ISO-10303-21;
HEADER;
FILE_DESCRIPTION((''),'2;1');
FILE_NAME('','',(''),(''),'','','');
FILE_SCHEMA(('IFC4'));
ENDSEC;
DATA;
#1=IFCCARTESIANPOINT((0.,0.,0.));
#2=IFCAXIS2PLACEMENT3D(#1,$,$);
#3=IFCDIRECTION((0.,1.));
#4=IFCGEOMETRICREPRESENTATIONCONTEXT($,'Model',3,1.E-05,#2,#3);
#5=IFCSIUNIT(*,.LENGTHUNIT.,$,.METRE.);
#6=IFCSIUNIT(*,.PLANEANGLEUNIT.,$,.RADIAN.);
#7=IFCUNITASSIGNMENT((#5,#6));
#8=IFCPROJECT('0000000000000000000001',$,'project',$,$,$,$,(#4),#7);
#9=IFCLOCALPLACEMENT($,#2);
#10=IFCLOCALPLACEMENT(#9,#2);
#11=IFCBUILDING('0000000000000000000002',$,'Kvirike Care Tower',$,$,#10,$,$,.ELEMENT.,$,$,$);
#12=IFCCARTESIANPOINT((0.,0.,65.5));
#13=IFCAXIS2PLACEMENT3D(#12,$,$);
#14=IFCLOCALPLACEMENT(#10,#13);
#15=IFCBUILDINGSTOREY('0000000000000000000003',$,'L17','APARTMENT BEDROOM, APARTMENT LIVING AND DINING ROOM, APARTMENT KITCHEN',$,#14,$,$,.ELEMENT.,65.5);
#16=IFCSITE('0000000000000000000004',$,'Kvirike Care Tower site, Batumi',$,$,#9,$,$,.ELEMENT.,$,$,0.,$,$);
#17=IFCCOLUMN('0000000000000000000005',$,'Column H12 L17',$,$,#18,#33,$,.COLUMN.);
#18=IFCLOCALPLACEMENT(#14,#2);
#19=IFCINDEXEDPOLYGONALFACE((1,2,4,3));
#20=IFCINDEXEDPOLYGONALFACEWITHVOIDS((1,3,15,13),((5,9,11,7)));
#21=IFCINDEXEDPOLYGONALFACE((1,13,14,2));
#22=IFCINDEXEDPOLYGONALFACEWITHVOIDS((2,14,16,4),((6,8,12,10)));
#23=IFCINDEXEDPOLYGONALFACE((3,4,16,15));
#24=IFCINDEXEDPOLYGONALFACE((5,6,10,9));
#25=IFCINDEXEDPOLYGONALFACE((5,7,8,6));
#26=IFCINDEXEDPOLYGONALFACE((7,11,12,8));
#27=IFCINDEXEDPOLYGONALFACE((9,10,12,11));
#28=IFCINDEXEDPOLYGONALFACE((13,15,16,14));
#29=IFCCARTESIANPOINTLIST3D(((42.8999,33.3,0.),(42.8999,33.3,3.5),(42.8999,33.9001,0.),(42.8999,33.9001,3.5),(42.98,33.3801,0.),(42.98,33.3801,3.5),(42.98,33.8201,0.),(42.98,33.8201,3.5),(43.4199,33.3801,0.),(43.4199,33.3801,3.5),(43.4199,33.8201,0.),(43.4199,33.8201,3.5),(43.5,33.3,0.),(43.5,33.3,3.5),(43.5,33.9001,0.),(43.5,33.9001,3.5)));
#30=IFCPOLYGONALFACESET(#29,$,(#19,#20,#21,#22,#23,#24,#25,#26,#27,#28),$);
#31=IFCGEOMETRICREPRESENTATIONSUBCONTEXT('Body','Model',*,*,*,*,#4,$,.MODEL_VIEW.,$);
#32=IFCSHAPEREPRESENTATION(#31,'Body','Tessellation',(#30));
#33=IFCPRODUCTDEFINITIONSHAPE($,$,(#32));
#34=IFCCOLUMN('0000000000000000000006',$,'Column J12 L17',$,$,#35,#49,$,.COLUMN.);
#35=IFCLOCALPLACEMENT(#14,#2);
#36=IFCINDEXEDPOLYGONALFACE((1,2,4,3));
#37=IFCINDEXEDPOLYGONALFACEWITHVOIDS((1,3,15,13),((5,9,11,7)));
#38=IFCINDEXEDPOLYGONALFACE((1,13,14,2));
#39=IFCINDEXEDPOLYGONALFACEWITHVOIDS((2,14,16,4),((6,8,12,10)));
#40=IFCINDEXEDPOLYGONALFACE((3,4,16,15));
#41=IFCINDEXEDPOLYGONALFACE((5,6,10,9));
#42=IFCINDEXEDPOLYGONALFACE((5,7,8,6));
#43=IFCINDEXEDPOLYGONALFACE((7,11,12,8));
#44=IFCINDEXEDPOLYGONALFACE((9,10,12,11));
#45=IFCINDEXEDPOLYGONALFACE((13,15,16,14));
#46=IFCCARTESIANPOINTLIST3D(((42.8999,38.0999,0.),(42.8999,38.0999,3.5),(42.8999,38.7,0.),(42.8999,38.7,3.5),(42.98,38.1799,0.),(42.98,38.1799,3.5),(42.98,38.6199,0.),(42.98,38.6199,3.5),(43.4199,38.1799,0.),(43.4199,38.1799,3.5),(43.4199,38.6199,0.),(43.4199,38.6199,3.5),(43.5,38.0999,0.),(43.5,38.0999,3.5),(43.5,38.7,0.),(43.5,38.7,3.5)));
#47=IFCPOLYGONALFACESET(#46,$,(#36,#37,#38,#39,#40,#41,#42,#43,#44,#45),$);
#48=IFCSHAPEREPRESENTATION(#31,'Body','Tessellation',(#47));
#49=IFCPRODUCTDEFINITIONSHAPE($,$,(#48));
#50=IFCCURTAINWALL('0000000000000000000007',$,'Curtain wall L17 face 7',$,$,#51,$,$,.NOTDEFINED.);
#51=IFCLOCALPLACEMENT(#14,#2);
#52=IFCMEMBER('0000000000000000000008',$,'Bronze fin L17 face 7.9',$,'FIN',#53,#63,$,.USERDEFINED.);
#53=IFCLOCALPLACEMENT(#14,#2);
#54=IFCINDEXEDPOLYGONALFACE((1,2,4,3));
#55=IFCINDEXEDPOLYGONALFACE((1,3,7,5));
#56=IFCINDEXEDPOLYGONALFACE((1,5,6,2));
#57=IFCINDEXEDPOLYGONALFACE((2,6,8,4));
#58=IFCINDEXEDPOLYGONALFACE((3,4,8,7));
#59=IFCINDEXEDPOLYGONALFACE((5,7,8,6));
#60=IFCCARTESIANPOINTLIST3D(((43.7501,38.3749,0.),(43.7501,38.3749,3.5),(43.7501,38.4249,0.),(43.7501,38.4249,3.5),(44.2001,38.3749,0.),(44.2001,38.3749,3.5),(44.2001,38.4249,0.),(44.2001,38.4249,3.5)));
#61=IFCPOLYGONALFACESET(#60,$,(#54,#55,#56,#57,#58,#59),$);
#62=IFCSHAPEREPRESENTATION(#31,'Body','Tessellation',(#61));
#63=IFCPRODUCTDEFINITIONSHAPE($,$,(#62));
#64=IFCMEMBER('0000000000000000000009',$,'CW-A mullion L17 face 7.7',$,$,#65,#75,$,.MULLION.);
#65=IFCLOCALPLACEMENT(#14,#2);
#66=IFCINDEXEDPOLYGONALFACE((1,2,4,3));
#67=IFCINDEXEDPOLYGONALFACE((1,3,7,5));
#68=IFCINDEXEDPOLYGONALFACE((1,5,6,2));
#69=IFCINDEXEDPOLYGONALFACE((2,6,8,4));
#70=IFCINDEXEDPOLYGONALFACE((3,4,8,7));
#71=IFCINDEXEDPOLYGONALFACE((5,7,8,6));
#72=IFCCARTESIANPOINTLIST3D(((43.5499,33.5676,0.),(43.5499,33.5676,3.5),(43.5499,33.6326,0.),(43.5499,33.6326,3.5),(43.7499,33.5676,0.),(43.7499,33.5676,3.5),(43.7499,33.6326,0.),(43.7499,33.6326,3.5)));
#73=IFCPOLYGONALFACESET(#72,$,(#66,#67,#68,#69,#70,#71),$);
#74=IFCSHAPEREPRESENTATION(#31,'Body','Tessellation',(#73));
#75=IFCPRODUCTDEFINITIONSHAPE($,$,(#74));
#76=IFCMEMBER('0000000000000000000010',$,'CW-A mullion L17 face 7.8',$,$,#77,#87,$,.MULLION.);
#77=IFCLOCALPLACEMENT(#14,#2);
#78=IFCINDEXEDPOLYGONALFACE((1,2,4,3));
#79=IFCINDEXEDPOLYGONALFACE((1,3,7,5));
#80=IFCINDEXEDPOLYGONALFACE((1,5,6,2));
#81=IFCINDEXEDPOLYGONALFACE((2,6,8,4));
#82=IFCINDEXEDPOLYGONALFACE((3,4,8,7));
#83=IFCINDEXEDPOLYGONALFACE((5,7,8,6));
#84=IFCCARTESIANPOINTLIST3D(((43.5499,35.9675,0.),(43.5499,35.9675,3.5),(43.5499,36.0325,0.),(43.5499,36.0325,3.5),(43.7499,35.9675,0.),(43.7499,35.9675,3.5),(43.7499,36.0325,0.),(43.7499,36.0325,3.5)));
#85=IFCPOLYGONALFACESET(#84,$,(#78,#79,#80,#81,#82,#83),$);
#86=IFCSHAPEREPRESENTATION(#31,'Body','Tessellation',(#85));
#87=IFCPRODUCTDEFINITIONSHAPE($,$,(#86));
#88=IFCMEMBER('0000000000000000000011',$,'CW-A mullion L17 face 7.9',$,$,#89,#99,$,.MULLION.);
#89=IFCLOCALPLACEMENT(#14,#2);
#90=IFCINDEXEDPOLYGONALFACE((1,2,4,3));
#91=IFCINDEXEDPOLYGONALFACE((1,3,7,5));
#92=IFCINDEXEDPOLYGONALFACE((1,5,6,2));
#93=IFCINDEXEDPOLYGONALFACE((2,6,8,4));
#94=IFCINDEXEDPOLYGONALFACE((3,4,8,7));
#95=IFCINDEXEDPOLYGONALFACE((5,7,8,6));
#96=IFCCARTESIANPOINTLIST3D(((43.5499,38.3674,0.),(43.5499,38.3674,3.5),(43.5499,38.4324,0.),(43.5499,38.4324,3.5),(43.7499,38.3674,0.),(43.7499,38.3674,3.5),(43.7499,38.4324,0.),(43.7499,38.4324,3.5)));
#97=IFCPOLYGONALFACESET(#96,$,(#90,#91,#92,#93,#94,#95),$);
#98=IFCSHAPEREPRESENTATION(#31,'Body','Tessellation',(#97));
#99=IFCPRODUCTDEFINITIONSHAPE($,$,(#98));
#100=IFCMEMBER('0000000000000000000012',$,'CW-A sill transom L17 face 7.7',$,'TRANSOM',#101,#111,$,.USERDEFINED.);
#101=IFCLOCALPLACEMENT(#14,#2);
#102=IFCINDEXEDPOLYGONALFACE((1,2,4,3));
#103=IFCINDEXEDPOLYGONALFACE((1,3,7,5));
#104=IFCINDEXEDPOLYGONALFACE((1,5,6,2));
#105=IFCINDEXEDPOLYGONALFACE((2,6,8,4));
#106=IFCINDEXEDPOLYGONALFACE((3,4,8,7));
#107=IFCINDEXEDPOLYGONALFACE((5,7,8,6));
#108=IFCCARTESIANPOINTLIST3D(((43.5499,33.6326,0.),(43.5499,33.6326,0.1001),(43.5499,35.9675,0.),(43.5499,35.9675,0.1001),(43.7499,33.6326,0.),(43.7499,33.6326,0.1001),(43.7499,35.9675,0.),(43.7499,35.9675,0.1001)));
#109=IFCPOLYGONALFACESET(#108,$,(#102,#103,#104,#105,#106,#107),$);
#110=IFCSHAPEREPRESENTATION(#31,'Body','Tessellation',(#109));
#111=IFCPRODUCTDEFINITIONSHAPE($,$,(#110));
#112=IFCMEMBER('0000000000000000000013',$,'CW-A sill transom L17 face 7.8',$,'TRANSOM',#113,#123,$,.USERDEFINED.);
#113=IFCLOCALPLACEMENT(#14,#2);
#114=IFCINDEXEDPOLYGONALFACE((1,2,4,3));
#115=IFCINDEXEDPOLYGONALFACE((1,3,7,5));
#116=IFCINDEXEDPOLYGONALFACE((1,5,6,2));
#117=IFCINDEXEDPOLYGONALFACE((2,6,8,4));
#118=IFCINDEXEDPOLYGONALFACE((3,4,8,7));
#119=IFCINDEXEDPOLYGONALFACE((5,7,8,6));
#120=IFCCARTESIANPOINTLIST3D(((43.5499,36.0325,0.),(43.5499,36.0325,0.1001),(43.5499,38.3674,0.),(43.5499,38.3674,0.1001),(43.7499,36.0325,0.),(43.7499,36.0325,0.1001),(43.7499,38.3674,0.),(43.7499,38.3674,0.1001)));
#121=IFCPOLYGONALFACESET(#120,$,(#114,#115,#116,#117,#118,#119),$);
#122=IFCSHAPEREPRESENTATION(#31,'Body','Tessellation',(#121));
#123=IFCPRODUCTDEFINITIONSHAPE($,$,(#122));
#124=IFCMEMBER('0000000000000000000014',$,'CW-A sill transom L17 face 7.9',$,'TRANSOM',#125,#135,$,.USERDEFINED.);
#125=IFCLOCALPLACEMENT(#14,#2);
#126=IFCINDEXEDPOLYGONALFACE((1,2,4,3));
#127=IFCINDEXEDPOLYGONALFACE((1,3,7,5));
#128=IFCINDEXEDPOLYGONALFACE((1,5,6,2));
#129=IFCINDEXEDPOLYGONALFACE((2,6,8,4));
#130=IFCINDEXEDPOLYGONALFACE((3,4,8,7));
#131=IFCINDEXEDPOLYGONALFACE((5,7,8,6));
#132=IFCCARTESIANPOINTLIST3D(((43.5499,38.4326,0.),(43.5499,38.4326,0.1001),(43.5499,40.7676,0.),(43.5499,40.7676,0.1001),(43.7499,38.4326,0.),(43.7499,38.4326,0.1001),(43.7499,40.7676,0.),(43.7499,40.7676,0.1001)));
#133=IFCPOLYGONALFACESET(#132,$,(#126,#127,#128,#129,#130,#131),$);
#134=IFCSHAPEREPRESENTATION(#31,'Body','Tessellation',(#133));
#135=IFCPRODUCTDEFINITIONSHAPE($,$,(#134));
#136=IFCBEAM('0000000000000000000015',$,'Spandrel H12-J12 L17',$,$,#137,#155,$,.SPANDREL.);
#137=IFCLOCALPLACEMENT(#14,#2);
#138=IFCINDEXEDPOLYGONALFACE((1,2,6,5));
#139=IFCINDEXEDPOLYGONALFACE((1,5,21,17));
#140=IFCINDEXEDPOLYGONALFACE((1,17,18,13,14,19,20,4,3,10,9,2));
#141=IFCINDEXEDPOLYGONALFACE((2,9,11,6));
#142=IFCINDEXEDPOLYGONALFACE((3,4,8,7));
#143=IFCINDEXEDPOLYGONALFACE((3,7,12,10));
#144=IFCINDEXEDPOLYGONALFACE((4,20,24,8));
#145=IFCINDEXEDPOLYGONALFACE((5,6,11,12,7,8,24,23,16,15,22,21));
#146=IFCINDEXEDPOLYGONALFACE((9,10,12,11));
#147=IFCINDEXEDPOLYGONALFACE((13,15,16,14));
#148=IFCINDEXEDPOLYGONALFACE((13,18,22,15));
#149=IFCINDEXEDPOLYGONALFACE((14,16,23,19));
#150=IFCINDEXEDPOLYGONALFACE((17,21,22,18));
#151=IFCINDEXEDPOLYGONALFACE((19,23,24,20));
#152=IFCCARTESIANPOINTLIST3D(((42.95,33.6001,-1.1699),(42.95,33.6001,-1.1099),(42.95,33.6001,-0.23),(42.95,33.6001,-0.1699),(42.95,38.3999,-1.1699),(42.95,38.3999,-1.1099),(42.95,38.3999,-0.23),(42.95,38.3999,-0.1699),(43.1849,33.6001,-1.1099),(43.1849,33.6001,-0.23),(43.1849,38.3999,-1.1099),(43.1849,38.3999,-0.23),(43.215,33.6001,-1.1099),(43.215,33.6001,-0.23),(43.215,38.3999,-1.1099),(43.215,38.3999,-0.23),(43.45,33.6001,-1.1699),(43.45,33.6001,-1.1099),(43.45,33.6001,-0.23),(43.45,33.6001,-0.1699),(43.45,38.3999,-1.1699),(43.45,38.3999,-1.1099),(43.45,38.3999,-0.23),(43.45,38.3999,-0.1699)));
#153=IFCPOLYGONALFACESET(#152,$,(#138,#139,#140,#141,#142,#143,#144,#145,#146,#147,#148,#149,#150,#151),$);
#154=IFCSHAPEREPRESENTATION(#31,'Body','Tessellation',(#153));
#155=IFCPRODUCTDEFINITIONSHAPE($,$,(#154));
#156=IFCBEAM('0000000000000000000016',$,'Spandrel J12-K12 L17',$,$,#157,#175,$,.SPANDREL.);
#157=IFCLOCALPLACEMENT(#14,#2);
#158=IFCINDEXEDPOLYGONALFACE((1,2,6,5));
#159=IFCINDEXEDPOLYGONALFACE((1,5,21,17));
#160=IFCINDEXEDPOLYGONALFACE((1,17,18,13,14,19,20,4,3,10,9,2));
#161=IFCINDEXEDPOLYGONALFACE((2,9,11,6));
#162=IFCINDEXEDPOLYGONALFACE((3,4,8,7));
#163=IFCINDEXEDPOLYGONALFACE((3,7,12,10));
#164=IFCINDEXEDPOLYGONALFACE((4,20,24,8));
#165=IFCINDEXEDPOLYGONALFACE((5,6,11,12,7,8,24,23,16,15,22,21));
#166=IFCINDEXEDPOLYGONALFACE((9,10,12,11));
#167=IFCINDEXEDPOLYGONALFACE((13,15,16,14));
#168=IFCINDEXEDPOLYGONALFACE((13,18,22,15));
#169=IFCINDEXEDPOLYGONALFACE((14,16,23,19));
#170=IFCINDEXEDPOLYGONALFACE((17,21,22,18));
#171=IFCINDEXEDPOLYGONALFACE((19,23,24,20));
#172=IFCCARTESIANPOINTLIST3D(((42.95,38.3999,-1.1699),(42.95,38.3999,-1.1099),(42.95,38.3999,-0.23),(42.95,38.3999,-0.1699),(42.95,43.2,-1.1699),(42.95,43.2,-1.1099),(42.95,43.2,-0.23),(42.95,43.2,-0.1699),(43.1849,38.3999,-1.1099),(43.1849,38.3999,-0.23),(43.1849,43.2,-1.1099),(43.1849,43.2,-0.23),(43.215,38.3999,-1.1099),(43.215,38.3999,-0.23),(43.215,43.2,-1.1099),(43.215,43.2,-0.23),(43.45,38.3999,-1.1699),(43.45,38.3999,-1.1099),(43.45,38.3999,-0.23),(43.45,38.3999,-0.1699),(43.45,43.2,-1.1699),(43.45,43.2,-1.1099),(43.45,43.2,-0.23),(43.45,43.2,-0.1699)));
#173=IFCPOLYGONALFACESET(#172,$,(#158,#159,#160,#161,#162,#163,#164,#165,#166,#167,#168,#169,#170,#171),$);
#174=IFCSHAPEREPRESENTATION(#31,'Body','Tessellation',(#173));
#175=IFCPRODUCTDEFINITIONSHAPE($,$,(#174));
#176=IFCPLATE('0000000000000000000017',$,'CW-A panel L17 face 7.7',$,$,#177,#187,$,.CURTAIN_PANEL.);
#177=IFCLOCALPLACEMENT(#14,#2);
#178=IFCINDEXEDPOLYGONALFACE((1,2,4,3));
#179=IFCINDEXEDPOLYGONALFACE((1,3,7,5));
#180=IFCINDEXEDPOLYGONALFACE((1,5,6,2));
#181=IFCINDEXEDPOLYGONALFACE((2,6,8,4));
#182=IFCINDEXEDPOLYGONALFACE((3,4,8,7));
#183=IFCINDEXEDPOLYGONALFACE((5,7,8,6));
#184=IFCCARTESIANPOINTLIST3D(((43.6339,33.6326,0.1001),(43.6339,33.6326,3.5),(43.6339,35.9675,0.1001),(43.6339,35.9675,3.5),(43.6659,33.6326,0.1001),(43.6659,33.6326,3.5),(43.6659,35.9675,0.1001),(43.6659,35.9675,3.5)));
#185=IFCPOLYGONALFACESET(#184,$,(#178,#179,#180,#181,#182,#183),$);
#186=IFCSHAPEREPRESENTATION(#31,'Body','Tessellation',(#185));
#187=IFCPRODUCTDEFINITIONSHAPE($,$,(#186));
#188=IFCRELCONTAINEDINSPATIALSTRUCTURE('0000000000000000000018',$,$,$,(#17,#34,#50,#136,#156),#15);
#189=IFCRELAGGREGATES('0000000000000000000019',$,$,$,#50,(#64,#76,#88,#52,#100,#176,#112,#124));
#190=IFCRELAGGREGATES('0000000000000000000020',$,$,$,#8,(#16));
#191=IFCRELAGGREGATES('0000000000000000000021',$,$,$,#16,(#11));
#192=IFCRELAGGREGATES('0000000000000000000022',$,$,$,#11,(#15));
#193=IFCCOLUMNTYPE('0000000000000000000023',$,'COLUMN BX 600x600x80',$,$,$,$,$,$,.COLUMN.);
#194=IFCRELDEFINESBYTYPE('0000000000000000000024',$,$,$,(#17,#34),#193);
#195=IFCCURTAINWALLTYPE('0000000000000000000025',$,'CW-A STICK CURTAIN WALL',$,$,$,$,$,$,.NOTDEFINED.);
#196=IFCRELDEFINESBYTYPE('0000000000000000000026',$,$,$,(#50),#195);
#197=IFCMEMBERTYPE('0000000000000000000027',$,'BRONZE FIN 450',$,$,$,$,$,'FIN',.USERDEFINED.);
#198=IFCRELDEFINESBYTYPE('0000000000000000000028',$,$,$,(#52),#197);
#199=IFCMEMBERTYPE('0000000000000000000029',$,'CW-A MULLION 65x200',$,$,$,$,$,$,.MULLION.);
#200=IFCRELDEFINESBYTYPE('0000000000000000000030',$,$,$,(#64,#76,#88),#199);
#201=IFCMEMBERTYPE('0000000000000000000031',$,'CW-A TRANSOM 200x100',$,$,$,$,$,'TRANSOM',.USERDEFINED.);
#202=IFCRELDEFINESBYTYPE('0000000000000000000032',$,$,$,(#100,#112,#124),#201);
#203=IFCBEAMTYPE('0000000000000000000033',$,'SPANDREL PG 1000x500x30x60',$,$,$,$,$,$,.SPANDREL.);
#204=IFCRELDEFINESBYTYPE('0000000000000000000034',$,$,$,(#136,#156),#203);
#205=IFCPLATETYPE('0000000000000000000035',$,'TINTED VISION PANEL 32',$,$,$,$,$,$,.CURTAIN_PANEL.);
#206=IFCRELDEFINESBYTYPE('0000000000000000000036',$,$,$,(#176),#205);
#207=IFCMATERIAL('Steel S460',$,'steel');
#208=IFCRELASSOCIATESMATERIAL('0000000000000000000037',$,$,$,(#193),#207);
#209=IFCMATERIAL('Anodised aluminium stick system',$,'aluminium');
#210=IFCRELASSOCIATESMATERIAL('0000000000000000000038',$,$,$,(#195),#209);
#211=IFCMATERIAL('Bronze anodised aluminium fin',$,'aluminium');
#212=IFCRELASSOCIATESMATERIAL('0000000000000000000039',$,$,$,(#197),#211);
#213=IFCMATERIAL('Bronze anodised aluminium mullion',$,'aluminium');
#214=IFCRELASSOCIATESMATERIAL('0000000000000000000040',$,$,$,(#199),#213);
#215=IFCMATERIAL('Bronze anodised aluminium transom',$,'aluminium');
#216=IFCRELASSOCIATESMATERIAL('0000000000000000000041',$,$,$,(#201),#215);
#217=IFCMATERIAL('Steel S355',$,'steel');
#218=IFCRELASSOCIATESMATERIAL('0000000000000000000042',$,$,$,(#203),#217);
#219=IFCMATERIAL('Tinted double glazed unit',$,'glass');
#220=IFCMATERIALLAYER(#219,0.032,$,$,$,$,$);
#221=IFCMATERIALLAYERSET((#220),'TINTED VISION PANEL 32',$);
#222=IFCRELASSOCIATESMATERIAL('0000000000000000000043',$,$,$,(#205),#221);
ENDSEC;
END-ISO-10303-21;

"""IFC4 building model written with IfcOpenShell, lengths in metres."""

from ifc_helpers import new_model, si_unit, direction, frame, origin, origin_2d, place, context, subcontext, project, spatial, rectangle, hollow_rectangle, i_section, extrude, material, layer, layer_set, material_profile, profile_set, type_object, element, aggregate, save


model = new_model("IFC4")

# Units and contexts
model_context = context("Model", 3, precision=1e-05, world=origin(), true_north=direction((0.0, 1.0)))
body_context = subcontext(model_context, "Body", "Model", "MODEL_VIEW")
ifc_project = project(units=[si_unit("LENGTHUNIT", "METRE"), si_unit("PLANEANGLEUNIT", "RADIAN")], contexts=[model_context])

# Site, building, storey
site_placement = place(None, origin())
site = spatial("IfcSite", under=ifc_project, at=site_placement, Name="Kvirike Care Tower site, Batumi", CompositionType="ELEMENT", RefElevation=0.0)
building_placement = place(site_placement, origin())
building = spatial("IfcBuilding", under=site, at=building_placement, Name="Kvirike Care Tower", CompositionType="ELEMENT")
storey_placement = place(building_placement, frame((0.0, 0.0, 65.5)))
storey = spatial("IfcBuildingStorey", under=building, at=storey_placement, Name="L17", Description="APARTMENT BEDROOM, APARTMENT LIVING AND DINING ROOM, APARTMENT KITCHEN", CompositionType="ELEMENT", Elevation=65.5)

# Columns
ifc_material_1 = material(Name="Steel S460", Category="steel")
ifc_material_profile_1 = material_profile(ifc_material_1, hollow_rectangle(XDim=0.6001, YDim=0.6001, WallThickness=0.0801, at=origin_2d()), Name="BX 600x600x80")
ifc_profile_set_1 = profile_set([ifc_material_profile_1], Name="Steel S460")
column_type = type_object("IfcColumnType", Name="COLUMN BX 600x600x80", PredefinedType="COLUMN", material=ifc_profile_set_1)
for number, where, z_axis, x_axis, name in (
    (1, (43.2, 33.6001, 0.0), (0.0, 0.0, 1.0), (1.0, 0.0, 0.0), "Column H12 L17"),
    (2, (43.2, 38.3999, 0.0), (0.0, 0.0, 1.0), (1.0, 0.0, 0.0), "Column J12 L17"),
):
    element("IfcColumn", number, at=place(storey_placement, frame(where, z_axis=z_axis, x_axis=x_axis)), inside=storey, type_object=column_type, Name=name, PredefinedType="COLUMN", context=body_context, shape_type="SweptSolid", body=[
        extrude(hollow_rectangle(XDim=0.6001, YDim=0.6001, WallThickness=0.0801, at=origin_2d()), origin(), (0.0, 0.0, 1.0), 3.5),
    ])

# Curtain wall, members
ifc_material_2 = material(Name="Anodised aluminium stick system", Category="aluminium")
curtain_wall_type = type_object("IfcCurtainWallType", Name="CW-A STICK CURTAIN WALL", PredefinedType="NOTDEFINED", material=ifc_material_2)
curtain_wall_placement = place(storey_placement, origin())
curtain_wall = element("IfcCurtainWall", 3, at=curtain_wall_placement, inside=storey, type_object=curtain_wall_type, Name="Curtain wall L17 face 7", PredefinedType="NOTDEFINED")
ifc_material_3 = material(Name="Bronze anodised aluminium fin", Category="aluminium")
ifc_material_profile_2 = material_profile(ifc_material_3, rectangle(XDim=0.05, YDim=0.45, at=origin_2d()), Name="BRONZE FIN 450")
ifc_profile_set_2 = profile_set([ifc_material_profile_2], Name="Bronze anodised aluminium fin")
member_type_1 = type_object("IfcMemberType", Name="BRONZE FIN 450", ElementType="FIN", PredefinedType="USERDEFINED", material=ifc_profile_set_2)
member_1_placement = place(storey_placement, frame((43.9751, 38.3999, 0.0), z_axis=(0.0, 0.0, 1.0), x_axis=(0.0, 1.0, 0.0)))
member_1 = element("IfcMember", 4, at=member_1_placement, type_object=member_type_1, Name="Bronze fin L17 face 7.9", ObjectType="FIN", PredefinedType="USERDEFINED", context=body_context, shape_type="SweptSolid", body=[
    extrude(rectangle(XDim=0.05, YDim=0.45, at=origin_2d()), origin(), (0.0, 0.0, 1.0), 3.5),
])
ifc_material_4 = material(Name="Bronze anodised aluminium mullion", Category="aluminium")
ifc_material_profile_3 = material_profile(ifc_material_4, rectangle(XDim=0.0649, YDim=0.2, at=origin_2d()), Name="CW-A MULLION 65x200")
ifc_profile_set_3 = profile_set([ifc_material_profile_3], Name="Bronze anodised aluminium mullion")
member_type_2 = type_object("IfcMemberType", Name="CW-A MULLION 65x200", PredefinedType="MULLION", material=ifc_profile_set_3)
member_2_placement = place(storey_placement, frame((43.6499, 33.6001, 0.0), z_axis=(0.0, 0.0, 1.0), x_axis=(0.0, 1.0, 0.0)))
member_2 = element("IfcMember", 5, at=member_2_placement, type_object=member_type_2, Name="CW-A mullion L17 face 7.7", PredefinedType="MULLION", context=body_context, shape_type="SweptSolid", body=[
    extrude(rectangle(XDim=0.0649, YDim=0.2, at=origin_2d()), origin(), (0.0, 0.0, 1.0), 3.5),
])
member_3_placement = place(storey_placement, frame((43.6499, 36.0, 0.0), z_axis=(0.0, 0.0, 1.0), x_axis=(0.0, 1.0, 0.0)))
member_3 = element("IfcMember", 6, at=member_3_placement, type_object=member_type_2, Name="CW-A mullion L17 face 7.8", PredefinedType="MULLION", context=body_context, shape_type="SweptSolid", body=[
    extrude(rectangle(XDim=0.0649, YDim=0.2, at=origin_2d()), origin(), (0.0, 0.0, 1.0), 3.5),
])
member_4_placement = place(storey_placement, frame((43.6499, 38.3999, 0.0), z_axis=(0.0, 0.0, 1.0), x_axis=(0.0, 1.0, 0.0)))
member_4 = element("IfcMember", 7, at=member_4_placement, type_object=member_type_2, Name="CW-A mullion L17 face 7.9", PredefinedType="MULLION", context=body_context, shape_type="SweptSolid", body=[
    extrude(rectangle(XDim=0.0649, YDim=0.2, at=origin_2d()), origin(), (0.0, 0.0, 1.0), 3.5),
])
ifc_material_5 = material(Name="Bronze anodised aluminium transom", Category="aluminium")
ifc_material_profile_4 = material_profile(ifc_material_5, rectangle(XDim=0.2, YDim=0.1001, at=origin_2d()), Name="CW-A TRANSOM 200x100")
ifc_profile_set_4 = profile_set([ifc_material_profile_4], Name="Bronze anodised aluminium transom")
member_type_3 = type_object("IfcMemberType", Name="CW-A TRANSOM 200x100", ElementType="TRANSOM", PredefinedType="USERDEFINED", material=ifc_profile_set_4)
member_5_placement = place(storey_placement, frame((43.6499, 33.6326, 0.05), z_axis=(0.0, 1.0, 0.0), x_axis=(-1.0, 0.0, 0.0)))
member_5 = element("IfcMember", 8, at=member_5_placement, type_object=member_type_3, Name="CW-A sill transom L17 face 7.7", ObjectType="TRANSOM", PredefinedType="USERDEFINED", context=body_context, shape_type="SweptSolid", body=[
    extrude(rectangle(XDim=0.2, YDim=0.1001, at=origin_2d()), origin(), (0.0, 0.0, 1.0), 2.335),
])
member_6_placement = place(storey_placement, frame((43.6499, 36.0325, 0.05), z_axis=(0.0, 1.0, 0.0), x_axis=(-1.0, 0.0, 0.0)))
member_6 = element("IfcMember", 9, at=member_6_placement, type_object=member_type_3, Name="CW-A sill transom L17 face 7.8", ObjectType="TRANSOM", PredefinedType="USERDEFINED", context=body_context, shape_type="SweptSolid", body=[
    extrude(rectangle(XDim=0.2, YDim=0.1001, at=origin_2d()), origin(), (0.0, 0.0, 1.0), 2.335),
])
member_7_placement = place(storey_placement, frame((43.6499, 38.4326, 0.05), z_axis=(0.0, 1.0, 0.0), x_axis=(-1.0, 0.0, 0.0)))
member_7 = element("IfcMember", 10, at=member_7_placement, type_object=member_type_3, Name="CW-A sill transom L17 face 7.9", ObjectType="TRANSOM", PredefinedType="USERDEFINED", context=body_context, shape_type="SweptSolid", body=[
    extrude(rectangle(XDim=0.2, YDim=0.1001, at=origin_2d()), origin(), (0.0, 0.0, 1.0), 2.335),
])

# Beams
ifc_material_6 = material(Name="Steel S355", Category="steel")
ifc_material_profile_5 = material_profile(ifc_material_6, i_section(OverallWidth=0.5, OverallDepth=1.0, WebThickness=0.03, FlangeThickness=0.0601, at=origin_2d()), Name="PG 1000x500x30x60")
ifc_profile_set_5 = profile_set([ifc_material_profile_5], Name="Steel S355")
beam_type = type_object("IfcBeamType", Name="SPANDREL PG 1000x500x30x60", PredefinedType="SPANDREL", material=ifc_profile_set_5)
beam_1_placement = place(storey_placement, frame((43.2, 33.6001, -0.6699), z_axis=(0.0, 1.0, 0.0), x_axis=(-1.0, 0.0, 0.0)))
element("IfcBeam", 11, at=beam_1_placement, inside=storey, type_object=beam_type, Name="Spandrel H12-J12 L17", PredefinedType="SPANDREL", context=body_context, shape_type="SweptSolid", body=[
    extrude(i_section(OverallWidth=0.5, OverallDepth=1.0, WebThickness=0.03, FlangeThickness=0.0601, at=origin_2d()), origin(), (0.0, 0.0, 1.0), 4.7998),
])
beam_2_placement = place(storey_placement, frame((43.2, 38.3999, -0.6699), z_axis=(0.0, 1.0, 0.0), x_axis=(-1.0, 0.0, 0.0)))
element("IfcBeam", 12, at=beam_2_placement, inside=storey, type_object=beam_type, Name="Spandrel J12-K12 L17", PredefinedType="SPANDREL", context=body_context, shape_type="SweptSolid", body=[
    extrude(i_section(OverallWidth=0.5, OverallDepth=1.0, WebThickness=0.03, FlangeThickness=0.0601, at=origin_2d()), origin(), (0.0, 0.0, 1.0), 4.8),
])

# Plate
ifc_material_7 = material(Name="Tinted double glazed unit", Category="glass")
ifc_layer_1 = layer(ifc_material_7, 0.032)
ifc_layer_set_1 = layer_set([ifc_layer_1], Name="TINTED VISION PANEL 32")
plate_type = type_object("IfcPlateType", Name="TINTED VISION PANEL 32", PredefinedType="CURTAIN_PANEL", material=ifc_layer_set_1)
plate_1_placement = place(storey_placement, frame((43.6499, 34.8, 0.1001), z_axis=(0.0, 0.0, 1.0), x_axis=(0.0, 1.0, 0.0)))
plate_1 = element("IfcPlate", 13, at=plate_1_placement, type_object=plate_type, Name="CW-A panel L17 face 7.7", PredefinedType="CURTAIN_PANEL", context=body_context, shape_type="SweptSolid", body=[
    extrude(rectangle(XDim=2.335, YDim=0.032, at=origin_2d()), origin(), (0.0, 0.0, 1.0), 3.3999),
])
aggregate(curtain_wall, [member_2, member_3, member_4, member_1, member_5, plate_1, member_6, member_7])

save(model, "model.ifc")
